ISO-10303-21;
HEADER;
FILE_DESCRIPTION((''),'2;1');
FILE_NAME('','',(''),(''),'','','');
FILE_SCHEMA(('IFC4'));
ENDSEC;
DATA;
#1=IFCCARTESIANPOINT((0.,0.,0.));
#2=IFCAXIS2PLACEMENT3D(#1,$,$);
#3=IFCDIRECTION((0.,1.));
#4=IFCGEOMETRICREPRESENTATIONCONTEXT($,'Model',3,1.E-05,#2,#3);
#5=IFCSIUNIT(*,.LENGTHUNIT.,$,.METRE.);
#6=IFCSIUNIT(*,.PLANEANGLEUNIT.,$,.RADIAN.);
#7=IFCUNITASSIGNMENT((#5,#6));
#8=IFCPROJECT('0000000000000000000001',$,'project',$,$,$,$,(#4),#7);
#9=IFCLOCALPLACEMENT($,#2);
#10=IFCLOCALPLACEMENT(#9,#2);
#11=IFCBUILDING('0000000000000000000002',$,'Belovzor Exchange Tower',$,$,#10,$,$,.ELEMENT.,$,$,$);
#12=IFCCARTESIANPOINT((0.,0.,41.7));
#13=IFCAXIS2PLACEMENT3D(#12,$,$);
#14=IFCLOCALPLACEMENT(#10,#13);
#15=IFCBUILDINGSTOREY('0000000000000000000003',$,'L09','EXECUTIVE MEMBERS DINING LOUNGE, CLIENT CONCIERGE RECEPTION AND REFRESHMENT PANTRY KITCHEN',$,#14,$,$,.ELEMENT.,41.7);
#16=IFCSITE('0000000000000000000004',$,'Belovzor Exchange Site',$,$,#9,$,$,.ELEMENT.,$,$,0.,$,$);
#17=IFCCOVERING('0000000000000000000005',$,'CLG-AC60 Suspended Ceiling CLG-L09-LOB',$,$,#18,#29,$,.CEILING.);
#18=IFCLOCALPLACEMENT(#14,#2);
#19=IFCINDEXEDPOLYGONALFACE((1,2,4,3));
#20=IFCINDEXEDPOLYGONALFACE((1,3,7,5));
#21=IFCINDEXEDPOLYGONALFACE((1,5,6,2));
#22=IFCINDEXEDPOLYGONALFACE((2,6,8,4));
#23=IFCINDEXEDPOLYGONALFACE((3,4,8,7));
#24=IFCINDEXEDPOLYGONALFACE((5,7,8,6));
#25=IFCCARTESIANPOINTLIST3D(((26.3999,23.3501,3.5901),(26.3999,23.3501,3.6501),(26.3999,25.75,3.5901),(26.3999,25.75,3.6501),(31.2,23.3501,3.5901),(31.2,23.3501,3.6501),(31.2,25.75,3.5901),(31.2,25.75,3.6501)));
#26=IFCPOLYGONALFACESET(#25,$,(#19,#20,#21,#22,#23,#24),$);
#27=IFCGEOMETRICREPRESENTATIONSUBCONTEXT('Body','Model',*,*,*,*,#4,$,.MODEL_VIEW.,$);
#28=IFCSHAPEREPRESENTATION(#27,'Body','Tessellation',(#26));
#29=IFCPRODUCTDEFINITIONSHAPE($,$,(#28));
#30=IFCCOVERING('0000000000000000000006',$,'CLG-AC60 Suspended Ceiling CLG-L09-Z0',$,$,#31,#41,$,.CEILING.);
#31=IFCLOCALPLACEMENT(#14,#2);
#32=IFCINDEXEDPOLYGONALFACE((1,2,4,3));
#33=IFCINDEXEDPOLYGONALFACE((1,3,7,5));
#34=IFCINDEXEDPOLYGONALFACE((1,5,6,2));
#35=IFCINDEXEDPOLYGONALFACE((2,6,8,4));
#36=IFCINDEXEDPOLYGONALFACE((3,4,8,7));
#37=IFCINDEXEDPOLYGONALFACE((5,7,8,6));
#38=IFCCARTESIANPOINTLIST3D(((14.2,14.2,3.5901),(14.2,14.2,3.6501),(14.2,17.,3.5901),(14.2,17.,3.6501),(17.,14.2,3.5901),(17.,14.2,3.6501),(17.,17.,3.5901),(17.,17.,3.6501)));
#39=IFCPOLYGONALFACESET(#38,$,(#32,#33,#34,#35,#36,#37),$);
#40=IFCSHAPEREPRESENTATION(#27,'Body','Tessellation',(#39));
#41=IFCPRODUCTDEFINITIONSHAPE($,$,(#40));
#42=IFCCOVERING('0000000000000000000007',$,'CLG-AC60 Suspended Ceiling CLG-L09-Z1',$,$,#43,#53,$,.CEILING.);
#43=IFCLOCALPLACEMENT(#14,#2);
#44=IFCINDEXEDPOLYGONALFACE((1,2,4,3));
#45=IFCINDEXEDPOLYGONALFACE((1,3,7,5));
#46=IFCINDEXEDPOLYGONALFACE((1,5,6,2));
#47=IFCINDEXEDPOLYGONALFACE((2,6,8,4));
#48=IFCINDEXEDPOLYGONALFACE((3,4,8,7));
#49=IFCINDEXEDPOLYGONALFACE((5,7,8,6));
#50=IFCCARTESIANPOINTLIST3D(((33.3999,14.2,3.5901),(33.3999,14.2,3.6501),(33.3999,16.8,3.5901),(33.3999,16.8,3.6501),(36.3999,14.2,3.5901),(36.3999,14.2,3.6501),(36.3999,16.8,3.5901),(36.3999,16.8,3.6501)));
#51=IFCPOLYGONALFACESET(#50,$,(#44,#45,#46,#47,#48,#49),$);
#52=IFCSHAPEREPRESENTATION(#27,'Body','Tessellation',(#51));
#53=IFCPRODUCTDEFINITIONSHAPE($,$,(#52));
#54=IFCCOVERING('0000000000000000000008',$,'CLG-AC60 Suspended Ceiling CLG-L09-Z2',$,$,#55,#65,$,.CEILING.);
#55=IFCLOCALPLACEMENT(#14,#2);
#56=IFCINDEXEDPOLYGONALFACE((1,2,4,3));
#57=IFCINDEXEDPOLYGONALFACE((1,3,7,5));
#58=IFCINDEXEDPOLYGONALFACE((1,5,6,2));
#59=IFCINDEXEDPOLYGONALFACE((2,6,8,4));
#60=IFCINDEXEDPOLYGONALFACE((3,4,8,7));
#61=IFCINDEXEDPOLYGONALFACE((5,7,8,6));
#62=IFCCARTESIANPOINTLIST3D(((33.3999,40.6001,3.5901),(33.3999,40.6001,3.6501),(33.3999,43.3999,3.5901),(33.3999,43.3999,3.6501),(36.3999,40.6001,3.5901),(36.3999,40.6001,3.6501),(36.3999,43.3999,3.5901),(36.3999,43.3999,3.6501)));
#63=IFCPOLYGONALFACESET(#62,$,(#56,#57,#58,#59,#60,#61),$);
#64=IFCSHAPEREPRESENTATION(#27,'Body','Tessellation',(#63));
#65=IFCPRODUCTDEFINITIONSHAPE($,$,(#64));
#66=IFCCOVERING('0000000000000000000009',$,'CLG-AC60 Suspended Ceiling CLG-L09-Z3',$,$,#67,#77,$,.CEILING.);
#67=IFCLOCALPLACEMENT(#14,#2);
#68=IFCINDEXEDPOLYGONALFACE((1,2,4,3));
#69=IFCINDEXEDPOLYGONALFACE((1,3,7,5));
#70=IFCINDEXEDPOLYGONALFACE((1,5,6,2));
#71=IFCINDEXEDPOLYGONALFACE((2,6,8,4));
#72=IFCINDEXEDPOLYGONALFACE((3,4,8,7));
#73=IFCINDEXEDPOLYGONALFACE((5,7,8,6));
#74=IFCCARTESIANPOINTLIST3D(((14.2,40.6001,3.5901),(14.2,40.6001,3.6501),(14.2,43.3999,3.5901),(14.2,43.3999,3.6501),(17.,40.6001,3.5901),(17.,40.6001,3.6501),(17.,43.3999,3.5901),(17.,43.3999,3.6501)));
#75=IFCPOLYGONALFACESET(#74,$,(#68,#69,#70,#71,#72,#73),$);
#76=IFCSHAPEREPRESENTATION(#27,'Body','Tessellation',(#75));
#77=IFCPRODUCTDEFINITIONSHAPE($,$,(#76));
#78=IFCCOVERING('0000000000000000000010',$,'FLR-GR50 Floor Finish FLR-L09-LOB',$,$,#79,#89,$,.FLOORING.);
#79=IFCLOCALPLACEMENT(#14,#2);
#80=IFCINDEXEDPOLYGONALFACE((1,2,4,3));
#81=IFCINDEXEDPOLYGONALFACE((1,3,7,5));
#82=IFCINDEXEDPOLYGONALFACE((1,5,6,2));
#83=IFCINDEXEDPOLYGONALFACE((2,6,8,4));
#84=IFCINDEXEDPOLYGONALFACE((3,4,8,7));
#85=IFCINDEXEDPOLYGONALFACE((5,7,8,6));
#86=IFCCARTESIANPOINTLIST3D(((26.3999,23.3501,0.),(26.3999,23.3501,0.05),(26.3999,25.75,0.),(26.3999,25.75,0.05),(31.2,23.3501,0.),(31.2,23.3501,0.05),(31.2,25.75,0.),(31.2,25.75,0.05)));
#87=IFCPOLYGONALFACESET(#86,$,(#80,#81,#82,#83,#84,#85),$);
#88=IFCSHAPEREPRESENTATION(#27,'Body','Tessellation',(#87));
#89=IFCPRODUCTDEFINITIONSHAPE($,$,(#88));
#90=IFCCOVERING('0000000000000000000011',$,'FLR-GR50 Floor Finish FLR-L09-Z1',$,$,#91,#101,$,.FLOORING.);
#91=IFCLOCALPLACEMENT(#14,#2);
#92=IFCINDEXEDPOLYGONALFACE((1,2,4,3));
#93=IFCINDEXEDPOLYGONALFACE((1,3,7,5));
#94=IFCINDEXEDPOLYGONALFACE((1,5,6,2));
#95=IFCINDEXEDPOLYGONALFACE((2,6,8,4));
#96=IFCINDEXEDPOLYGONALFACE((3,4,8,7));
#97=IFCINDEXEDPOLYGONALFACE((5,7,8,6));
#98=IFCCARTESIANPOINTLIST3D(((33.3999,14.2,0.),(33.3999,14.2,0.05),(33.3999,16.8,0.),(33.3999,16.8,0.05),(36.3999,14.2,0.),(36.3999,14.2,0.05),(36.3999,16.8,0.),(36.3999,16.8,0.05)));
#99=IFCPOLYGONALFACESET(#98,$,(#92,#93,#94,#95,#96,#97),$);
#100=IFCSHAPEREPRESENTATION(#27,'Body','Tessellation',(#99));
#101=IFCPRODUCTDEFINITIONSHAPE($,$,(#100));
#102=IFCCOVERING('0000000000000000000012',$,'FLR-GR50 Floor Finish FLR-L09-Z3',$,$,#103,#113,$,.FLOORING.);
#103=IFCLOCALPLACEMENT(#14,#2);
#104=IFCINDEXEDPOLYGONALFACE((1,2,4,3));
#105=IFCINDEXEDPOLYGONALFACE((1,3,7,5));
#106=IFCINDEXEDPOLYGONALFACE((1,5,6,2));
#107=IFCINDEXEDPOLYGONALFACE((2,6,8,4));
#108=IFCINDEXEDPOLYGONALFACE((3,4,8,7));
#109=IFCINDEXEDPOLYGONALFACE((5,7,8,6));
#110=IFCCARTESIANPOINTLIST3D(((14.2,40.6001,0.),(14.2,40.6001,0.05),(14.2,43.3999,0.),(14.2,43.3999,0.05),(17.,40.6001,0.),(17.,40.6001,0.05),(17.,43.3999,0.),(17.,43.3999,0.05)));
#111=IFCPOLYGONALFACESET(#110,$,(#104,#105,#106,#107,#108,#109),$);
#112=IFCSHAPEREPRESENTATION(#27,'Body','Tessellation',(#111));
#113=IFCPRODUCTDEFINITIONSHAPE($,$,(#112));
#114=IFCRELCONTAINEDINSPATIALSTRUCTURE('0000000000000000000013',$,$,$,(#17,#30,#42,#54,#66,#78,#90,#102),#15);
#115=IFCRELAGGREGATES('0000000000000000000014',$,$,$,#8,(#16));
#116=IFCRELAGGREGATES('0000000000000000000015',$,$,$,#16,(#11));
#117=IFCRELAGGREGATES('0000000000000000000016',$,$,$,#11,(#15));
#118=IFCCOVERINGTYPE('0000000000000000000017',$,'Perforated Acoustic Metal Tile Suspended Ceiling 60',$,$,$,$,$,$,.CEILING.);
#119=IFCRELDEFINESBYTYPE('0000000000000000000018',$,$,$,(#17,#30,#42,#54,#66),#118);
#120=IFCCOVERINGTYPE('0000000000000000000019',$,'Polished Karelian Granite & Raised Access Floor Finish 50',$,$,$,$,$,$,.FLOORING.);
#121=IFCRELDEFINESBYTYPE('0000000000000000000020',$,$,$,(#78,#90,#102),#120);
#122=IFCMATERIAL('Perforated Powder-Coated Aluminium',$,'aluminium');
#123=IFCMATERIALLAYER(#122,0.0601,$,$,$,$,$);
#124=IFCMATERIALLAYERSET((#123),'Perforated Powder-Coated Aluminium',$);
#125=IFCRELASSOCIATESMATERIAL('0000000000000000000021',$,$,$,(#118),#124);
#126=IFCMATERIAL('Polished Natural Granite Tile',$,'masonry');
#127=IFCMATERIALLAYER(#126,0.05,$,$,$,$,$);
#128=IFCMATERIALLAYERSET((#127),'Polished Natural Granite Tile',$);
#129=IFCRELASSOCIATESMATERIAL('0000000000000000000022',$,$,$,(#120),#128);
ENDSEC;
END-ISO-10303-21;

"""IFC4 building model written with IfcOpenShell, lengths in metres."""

from ifc_helpers import new_model, si_unit, direction, frame, origin, place, context, subcontext, project, spatial, polyline, outline, extrude, material, layer, layer_set, type_object, element, save


model = new_model("IFC4")

# Units and contexts
model_context = context("Model", 3, precision=1e-05, world=origin(), true_north=direction((0.0, 1.0)))
body_context = subcontext(model_context, "Body", "Model", "MODEL_VIEW")
ifc_project = project(units=[si_unit("LENGTHUNIT", "METRE"), si_unit("PLANEANGLEUNIT", "RADIAN")], contexts=[model_context])

# Site, building, storey
site_placement = place(None, origin())
site = spatial("IfcSite", under=ifc_project, at=site_placement, Name="Belovzor Exchange Site", CompositionType="ELEMENT", RefElevation=0.0)
building_placement = place(site_placement, origin())
building = spatial("IfcBuilding", under=site, at=building_placement, Name="Belovzor Exchange Tower", CompositionType="ELEMENT")
storey_placement = place(building_placement, frame((0.0, 0.0, 41.7)))
storey = spatial("IfcBuildingStorey", under=building, at=storey_placement, Name="L09", Description="EXECUTIVE MEMBERS DINING LOUNGE, CLIENT CONCIERGE RECEPTION AND REFRESHMENT PANTRY KITCHEN", CompositionType="ELEMENT", Elevation=41.7)

# Coverings
ifc_material_1 = material(Name="Perforated Powder-Coated Aluminium", Category="aluminium")
ifc_layer_1 = layer(ifc_material_1, 0.0601)
ifc_layer_set_1 = layer_set([ifc_layer_1], Name="Perforated Powder-Coated Aluminium")
covering_type_1 = type_object("IfcCoveringType", Name="Perforated Acoustic Metal Tile Suspended Ceiling 60", PredefinedType="CEILING", material=ifc_layer_set_1)
covering_1_placement = place(storey_placement, frame((0.0, 0.0, 3.5901)))
element("IfcCovering", 1, at=covering_1_placement, inside=storey, type_object=covering_type_1, Name="CLG-AC60 Suspended Ceiling CLG-L09-LOB", PredefinedType="CEILING", context=body_context, shape_type="SweptSolid", body=[
    extrude(outline(polyline([(26.3999, 23.3501), (31.2, 23.3501), (31.2, 25.75), (26.3999, 25.75), (26.3999, 23.3501)])), origin(), (0.0, 0.0, 1.0), 0.0601),
])
covering_2_placement = place(storey_placement, frame((0.0, 0.0, 3.5901)))
element("IfcCovering", 2, at=covering_2_placement, inside=storey, type_object=covering_type_1, Name="CLG-AC60 Suspended Ceiling CLG-L09-Z0", PredefinedType="CEILING", context=body_context, shape_type="SweptSolid", body=[
    extrude(outline(polyline([(14.2, 14.2), (17.0, 14.2), (17.0, 17.0), (14.2, 17.0), (14.2, 14.2)])), origin(), (0.0, 0.0, 1.0), 0.0601),
])
covering_3_placement = place(storey_placement, frame((0.0, 0.0, 3.5901)))
element("IfcCovering", 3, at=covering_3_placement, inside=storey, type_object=covering_type_1, Name="CLG-AC60 Suspended Ceiling CLG-L09-Z1", PredefinedType="CEILING", context=body_context, shape_type="SweptSolid", body=[
    extrude(outline(polyline([(33.3999, 14.2), (36.3999, 14.2), (36.3999, 16.8), (33.3999, 16.8), (33.3999, 14.2)])), origin(), (0.0, 0.0, 1.0), 0.0601),
])
covering_4_placement = place(storey_placement, frame((0.0, 0.0, 3.5901)))
element("IfcCovering", 4, at=covering_4_placement, inside=storey, type_object=covering_type_1, Name="CLG-AC60 Suspended Ceiling CLG-L09-Z2", PredefinedType="CEILING", context=body_context, shape_type="SweptSolid", body=[
    extrude(outline(polyline([(33.3999, 40.6001), (36.3999, 40.6001), (36.3999, 43.3999), (33.3999, 43.3999), (33.3999, 40.6001)])), origin(), (0.0, 0.0, 1.0), 0.0601),
])
covering_5_placement = place(storey_placement, frame((0.0, 0.0, 3.5901)))
element("IfcCovering", 5, at=covering_5_placement, inside=storey, type_object=covering_type_1, Name="CLG-AC60 Suspended Ceiling CLG-L09-Z3", PredefinedType="CEILING", context=body_context, shape_type="SweptSolid", body=[
    extrude(outline(polyline([(14.2, 40.6001), (17.0, 40.6001), (17.0, 43.3999), (14.2, 43.3999), (14.2, 40.6001)])), origin(), (0.0, 0.0, 1.0), 0.0601),
])
ifc_material_2 = material(Name="Polished Natural Granite Tile", Category="masonry")
ifc_layer_2 = layer(ifc_material_2, 0.05)
ifc_layer_set_2 = layer_set([ifc_layer_2], Name="Polished Natural Granite Tile")
covering_type_2 = type_object("IfcCoveringType", Name="Polished Karelian Granite & Raised Access Floor Finish 50", PredefinedType="FLOORING", material=ifc_layer_set_2)
covering_6_placement = place(storey_placement, origin())
element("IfcCovering", 6, at=covering_6_placement, inside=storey, type_object=covering_type_2, Name="FLR-GR50 Floor Finish FLR-L09-LOB", PredefinedType="FLOORING", context=body_context, shape_type="SweptSolid", body=[
    extrude(outline(polyline([(26.3999, 23.3501), (31.2, 23.3501), (31.2, 25.75), (26.3999, 25.75), (26.3999, 23.3501)])), origin(), (0.0, 0.0, 1.0), 0.05),
])
covering_7_placement = place(storey_placement, origin())
element("IfcCovering", 7, at=covering_7_placement, inside=storey, type_object=covering_type_2, Name="FLR-GR50 Floor Finish FLR-L09-Z1", PredefinedType="FLOORING", context=body_context, shape_type="SweptSolid", body=[
    extrude(outline(polyline([(33.3999, 14.2), (36.3999, 14.2), (36.3999, 16.8), (33.3999, 16.8), (33.3999, 14.2)])), origin(), (0.0, 0.0, 1.0), 0.05),
])
covering_8_placement = place(storey_placement, origin())
element("IfcCovering", 8, at=covering_8_placement, inside=storey, type_object=covering_type_2, Name="FLR-GR50 Floor Finish FLR-L09-Z3", PredefinedType="FLOORING", context=body_context, shape_type="SweptSolid", body=[
    extrude(outline(polyline([(14.2, 40.6001), (17.0, 40.6001), (17.0, 43.3999), (14.2, 43.3999), (14.2, 40.6001)])), origin(), (0.0, 0.0, 1.0), 0.05),
])

save(model, "model.ifc")
